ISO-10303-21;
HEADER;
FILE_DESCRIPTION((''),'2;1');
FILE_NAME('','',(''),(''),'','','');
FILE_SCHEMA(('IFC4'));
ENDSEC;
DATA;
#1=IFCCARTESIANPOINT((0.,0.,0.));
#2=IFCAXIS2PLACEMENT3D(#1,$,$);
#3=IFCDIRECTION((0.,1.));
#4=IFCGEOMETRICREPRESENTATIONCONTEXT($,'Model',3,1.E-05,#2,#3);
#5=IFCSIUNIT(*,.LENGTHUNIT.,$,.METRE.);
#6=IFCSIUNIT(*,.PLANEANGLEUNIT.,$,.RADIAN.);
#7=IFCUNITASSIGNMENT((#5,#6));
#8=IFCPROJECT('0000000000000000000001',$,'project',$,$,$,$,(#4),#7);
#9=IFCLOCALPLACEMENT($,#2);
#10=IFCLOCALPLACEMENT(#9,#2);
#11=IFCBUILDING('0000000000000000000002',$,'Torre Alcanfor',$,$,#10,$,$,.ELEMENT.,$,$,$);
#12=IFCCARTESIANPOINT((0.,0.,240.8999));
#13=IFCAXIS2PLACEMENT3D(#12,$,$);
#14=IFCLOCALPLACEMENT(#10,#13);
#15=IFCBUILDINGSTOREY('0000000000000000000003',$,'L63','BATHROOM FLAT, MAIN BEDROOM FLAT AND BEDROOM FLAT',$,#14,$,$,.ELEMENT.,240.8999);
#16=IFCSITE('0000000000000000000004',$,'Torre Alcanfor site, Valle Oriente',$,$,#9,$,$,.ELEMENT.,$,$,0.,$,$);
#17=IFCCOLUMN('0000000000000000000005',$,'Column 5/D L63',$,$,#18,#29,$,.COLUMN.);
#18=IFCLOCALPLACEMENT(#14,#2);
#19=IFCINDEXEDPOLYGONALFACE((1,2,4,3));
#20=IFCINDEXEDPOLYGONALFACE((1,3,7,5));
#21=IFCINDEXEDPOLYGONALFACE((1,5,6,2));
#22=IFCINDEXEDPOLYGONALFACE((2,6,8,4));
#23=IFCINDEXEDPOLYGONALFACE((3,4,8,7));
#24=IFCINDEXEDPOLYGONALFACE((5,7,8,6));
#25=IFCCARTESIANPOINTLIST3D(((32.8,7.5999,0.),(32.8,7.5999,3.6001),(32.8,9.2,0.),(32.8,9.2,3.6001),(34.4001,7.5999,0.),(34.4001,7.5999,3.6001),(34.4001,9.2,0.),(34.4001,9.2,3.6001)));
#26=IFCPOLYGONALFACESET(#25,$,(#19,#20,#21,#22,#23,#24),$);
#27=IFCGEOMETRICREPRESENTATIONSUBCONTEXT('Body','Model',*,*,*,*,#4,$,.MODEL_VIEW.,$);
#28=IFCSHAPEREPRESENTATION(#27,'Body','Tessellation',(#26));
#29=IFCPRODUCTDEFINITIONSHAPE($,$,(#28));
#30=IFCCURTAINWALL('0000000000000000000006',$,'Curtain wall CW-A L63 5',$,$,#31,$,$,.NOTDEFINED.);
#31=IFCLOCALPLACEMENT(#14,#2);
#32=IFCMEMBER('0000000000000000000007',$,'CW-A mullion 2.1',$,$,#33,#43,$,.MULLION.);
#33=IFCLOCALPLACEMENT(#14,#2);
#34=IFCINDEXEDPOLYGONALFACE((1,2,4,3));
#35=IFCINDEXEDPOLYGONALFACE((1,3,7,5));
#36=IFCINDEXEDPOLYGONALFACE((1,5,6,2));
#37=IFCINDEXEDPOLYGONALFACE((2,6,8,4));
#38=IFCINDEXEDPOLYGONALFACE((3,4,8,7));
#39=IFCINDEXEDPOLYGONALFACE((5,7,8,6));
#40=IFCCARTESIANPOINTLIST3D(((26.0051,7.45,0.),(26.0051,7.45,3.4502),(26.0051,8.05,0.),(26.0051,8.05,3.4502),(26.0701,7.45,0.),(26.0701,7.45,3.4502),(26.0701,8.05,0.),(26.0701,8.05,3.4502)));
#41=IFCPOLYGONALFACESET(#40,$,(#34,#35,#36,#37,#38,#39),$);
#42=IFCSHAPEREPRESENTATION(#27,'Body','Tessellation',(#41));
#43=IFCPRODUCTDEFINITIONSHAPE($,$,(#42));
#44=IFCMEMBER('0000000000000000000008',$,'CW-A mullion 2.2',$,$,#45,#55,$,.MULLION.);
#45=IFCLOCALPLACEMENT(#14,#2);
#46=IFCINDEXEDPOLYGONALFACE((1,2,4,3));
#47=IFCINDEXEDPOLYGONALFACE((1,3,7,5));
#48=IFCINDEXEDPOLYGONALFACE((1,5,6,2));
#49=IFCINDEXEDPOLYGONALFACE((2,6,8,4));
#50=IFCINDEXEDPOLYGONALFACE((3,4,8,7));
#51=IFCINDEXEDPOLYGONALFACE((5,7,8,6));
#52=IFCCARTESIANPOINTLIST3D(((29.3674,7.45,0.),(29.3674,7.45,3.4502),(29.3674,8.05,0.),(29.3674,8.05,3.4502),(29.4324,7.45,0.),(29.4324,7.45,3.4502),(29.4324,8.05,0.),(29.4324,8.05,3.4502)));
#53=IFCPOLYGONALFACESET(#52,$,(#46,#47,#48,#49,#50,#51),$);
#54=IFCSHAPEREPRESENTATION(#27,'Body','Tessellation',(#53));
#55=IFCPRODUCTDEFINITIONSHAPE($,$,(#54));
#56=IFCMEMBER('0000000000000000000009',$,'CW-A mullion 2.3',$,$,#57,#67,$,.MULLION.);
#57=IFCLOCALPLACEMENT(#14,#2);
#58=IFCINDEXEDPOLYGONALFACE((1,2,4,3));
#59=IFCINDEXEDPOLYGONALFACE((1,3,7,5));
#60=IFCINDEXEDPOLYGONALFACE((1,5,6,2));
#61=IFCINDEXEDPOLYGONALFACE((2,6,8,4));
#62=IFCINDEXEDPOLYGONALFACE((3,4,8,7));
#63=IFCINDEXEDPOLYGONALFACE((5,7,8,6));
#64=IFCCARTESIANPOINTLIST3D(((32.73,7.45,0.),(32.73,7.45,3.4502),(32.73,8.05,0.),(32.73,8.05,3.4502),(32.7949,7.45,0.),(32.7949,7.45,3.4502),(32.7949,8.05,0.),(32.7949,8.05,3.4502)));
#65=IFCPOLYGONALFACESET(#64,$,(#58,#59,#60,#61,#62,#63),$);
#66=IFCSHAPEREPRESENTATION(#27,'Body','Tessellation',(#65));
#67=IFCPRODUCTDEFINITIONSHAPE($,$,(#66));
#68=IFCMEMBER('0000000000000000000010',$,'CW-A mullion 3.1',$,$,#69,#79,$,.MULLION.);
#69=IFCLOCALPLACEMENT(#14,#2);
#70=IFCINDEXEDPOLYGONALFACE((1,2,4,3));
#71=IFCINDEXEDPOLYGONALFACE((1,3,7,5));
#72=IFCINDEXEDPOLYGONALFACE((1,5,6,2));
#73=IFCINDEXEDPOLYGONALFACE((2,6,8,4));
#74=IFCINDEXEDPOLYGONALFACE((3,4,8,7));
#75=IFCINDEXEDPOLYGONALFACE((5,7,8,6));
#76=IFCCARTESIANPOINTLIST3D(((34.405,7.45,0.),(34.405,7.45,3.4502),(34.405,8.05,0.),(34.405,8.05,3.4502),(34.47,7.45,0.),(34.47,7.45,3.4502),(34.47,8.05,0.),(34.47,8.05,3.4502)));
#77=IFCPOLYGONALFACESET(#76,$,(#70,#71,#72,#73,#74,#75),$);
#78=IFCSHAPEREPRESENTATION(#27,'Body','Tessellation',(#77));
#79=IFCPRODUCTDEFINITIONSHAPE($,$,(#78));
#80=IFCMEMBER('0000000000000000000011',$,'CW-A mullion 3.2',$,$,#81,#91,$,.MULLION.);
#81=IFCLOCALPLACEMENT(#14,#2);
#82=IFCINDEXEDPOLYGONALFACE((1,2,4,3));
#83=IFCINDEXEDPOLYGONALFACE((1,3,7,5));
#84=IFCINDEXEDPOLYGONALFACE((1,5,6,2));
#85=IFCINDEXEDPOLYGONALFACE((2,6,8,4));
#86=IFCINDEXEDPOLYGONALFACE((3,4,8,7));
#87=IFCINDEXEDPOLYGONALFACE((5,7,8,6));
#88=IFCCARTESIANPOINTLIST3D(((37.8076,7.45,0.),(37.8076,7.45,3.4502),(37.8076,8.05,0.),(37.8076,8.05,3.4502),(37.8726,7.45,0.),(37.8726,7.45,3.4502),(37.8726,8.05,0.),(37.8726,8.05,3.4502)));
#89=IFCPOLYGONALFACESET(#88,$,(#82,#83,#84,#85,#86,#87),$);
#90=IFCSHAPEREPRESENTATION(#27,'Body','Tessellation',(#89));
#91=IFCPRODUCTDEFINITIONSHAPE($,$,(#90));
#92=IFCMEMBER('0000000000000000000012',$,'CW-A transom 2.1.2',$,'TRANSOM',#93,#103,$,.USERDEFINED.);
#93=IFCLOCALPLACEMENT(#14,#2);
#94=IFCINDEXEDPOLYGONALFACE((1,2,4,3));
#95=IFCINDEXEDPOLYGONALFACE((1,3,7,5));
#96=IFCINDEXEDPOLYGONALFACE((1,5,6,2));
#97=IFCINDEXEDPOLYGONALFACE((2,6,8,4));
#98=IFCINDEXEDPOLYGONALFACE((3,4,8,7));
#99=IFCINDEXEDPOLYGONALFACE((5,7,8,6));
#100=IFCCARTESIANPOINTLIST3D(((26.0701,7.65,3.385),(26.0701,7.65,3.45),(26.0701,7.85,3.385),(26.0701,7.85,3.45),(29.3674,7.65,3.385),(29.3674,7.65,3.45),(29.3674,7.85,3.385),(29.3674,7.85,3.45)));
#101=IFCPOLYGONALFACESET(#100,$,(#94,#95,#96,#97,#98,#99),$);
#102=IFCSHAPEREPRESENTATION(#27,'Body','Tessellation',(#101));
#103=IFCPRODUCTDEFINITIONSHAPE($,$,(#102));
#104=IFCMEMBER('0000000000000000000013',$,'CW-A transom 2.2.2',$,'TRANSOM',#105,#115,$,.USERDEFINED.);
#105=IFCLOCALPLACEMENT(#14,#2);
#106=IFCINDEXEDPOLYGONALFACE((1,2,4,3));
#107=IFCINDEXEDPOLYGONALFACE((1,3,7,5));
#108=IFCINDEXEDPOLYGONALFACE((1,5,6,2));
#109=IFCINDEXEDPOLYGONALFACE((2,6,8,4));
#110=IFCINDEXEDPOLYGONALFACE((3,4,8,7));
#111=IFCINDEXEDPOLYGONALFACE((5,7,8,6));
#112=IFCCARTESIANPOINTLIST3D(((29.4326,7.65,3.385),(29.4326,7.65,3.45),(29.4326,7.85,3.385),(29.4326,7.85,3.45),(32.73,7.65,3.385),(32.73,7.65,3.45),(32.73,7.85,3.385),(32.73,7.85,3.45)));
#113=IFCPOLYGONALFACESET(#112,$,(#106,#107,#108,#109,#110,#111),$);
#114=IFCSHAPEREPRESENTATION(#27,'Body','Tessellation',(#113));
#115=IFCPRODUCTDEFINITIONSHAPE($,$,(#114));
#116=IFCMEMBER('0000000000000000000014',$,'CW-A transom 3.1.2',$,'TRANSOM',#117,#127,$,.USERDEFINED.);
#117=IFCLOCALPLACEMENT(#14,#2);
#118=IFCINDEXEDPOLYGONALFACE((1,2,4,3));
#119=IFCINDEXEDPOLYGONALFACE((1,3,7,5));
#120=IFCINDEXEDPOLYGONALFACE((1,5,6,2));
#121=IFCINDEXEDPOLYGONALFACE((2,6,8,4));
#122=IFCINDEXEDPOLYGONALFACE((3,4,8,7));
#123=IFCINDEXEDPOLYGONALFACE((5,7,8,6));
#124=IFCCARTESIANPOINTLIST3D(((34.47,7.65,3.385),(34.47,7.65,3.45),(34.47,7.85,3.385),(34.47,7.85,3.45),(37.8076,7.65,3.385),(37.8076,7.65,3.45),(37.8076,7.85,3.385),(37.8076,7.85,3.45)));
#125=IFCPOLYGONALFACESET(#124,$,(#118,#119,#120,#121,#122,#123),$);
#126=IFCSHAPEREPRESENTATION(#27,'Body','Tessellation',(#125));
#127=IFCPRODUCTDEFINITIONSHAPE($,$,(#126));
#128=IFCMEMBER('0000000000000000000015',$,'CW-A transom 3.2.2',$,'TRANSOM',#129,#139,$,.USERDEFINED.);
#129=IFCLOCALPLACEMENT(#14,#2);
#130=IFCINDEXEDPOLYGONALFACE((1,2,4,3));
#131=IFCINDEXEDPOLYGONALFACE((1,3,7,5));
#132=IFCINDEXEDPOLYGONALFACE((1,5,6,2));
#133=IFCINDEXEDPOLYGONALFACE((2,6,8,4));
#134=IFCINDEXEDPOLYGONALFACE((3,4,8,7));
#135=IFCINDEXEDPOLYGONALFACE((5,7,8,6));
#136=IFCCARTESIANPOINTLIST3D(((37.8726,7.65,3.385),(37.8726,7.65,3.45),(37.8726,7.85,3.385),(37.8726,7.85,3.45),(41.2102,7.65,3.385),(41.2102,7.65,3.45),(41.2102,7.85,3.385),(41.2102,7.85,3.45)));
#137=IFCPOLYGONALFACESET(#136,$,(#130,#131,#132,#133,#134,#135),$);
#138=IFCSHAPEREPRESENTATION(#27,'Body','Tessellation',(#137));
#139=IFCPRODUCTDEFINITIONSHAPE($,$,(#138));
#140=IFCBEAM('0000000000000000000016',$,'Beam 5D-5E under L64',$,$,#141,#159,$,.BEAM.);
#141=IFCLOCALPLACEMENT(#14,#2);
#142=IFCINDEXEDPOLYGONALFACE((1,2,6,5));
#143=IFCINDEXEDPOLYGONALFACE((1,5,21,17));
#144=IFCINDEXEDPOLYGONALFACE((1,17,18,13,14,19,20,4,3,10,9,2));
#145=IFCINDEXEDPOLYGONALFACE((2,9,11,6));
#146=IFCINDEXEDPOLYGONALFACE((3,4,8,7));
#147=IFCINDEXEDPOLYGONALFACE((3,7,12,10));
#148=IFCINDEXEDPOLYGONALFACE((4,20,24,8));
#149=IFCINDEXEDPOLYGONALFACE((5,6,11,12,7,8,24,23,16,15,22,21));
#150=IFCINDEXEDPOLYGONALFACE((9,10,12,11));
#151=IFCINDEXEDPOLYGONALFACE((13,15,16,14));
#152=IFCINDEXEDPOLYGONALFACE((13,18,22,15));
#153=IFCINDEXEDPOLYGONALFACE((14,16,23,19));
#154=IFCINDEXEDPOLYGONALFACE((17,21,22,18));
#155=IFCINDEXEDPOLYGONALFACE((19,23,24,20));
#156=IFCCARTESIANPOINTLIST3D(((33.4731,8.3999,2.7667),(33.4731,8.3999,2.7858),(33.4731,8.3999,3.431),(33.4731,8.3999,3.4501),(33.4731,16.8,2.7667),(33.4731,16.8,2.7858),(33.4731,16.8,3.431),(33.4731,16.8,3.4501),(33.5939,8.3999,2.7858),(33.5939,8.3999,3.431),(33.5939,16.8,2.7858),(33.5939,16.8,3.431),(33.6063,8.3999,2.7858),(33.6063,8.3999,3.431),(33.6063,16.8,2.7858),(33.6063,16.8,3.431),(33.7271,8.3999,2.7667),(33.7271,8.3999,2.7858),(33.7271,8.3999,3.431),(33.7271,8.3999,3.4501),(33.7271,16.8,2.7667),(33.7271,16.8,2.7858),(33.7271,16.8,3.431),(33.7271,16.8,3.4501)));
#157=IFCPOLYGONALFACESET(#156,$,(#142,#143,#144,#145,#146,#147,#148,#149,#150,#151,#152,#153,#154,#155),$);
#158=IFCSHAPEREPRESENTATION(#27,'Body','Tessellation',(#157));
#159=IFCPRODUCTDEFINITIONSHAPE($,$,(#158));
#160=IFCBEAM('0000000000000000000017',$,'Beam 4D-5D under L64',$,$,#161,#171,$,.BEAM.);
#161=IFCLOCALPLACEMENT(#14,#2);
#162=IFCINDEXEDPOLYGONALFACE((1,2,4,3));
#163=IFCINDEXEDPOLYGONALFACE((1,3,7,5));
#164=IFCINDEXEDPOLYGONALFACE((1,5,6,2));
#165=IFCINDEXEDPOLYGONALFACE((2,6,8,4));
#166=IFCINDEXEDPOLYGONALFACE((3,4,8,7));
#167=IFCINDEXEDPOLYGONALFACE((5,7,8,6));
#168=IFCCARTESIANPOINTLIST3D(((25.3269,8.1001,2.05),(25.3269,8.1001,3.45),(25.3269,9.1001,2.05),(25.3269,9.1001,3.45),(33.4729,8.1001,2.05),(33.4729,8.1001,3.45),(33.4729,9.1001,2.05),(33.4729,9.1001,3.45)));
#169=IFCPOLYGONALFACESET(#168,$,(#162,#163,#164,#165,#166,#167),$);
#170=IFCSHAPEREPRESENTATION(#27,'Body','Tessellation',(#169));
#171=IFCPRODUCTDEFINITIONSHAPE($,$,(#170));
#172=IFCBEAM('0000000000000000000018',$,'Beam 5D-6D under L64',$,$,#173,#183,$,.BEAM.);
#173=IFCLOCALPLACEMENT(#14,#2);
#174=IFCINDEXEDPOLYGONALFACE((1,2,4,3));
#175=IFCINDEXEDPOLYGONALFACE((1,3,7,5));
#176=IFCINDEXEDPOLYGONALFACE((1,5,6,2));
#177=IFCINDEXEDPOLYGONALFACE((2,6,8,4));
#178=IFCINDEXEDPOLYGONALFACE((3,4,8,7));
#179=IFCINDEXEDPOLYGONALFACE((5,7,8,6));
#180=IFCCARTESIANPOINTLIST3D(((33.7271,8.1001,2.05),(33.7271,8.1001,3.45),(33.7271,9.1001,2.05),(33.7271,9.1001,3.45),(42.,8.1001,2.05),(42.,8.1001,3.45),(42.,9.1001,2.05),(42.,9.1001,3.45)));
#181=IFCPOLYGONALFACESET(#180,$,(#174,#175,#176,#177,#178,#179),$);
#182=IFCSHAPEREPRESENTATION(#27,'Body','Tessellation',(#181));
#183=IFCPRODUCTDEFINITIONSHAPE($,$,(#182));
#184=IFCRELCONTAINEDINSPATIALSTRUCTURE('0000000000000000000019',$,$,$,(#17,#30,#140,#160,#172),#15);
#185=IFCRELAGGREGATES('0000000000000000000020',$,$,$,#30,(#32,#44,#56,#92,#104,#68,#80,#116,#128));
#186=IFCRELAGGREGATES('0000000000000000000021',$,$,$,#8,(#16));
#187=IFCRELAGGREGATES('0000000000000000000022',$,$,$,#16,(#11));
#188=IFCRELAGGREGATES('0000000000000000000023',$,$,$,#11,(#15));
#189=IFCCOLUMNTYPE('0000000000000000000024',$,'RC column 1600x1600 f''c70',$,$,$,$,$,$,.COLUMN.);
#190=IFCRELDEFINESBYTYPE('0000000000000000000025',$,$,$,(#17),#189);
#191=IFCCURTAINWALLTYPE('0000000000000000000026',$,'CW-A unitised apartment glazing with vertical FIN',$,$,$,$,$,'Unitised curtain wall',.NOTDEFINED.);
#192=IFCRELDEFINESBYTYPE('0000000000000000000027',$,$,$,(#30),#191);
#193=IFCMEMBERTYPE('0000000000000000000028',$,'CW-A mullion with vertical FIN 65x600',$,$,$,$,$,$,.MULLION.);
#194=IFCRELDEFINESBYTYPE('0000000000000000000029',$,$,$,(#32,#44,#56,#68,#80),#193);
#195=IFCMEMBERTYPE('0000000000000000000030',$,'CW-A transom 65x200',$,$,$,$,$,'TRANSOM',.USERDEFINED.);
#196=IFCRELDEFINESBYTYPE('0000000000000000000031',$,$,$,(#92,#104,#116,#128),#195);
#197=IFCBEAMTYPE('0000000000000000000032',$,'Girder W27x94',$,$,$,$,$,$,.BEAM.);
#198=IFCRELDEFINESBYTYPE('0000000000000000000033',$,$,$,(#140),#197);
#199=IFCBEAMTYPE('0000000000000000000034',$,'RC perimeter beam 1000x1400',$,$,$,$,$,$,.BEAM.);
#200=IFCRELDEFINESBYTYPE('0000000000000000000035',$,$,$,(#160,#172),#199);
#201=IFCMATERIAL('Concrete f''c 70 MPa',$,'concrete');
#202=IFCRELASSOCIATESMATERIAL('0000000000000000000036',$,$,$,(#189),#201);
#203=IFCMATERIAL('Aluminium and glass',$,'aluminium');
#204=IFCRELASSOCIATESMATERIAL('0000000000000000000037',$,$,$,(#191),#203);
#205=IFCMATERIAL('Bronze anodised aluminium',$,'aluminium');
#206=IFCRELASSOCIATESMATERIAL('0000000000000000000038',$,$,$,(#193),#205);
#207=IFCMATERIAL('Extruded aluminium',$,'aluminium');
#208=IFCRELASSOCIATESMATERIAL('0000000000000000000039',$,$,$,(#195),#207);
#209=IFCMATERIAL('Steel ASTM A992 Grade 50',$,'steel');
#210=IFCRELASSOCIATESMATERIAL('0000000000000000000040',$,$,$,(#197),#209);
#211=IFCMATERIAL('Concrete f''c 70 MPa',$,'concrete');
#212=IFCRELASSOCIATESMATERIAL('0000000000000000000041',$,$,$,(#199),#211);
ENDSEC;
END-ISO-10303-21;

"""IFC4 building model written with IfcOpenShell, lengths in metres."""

from ifc_helpers import new_model, si_unit, direction, frame, origin, origin_2d, place, context, subcontext, project, spatial, rectangle, i_section, extrude, material, material_profile, profile_set, type_object, element, aggregate, save


model = new_model("IFC4")

# Units and contexts
model_context = context("Model", 3, precision=1e-05, world=origin(), true_north=direction((0.0, 1.0)))
body_context = subcontext(model_context, "Body", "Model", "MODEL_VIEW")
ifc_project = project(units=[si_unit("LENGTHUNIT", "METRE"), si_unit("PLANEANGLEUNIT", "RADIAN")], contexts=[model_context])

# Site, building, storey
site_placement = place(None, origin())
site = spatial("IfcSite", under=ifc_project, at=site_placement, Name="Torre Alcanfor site, Valle Oriente", CompositionType="ELEMENT", RefElevation=0.0)
building_placement = place(site_placement, origin())
building = spatial("IfcBuilding", under=site, at=building_placement, Name="Torre Alcanfor", CompositionType="ELEMENT")
storey_placement = place(building_placement, frame((0.0, 0.0, 240.8999)))
storey = spatial("IfcBuildingStorey", under=building, at=storey_placement, Name="L63", Description="BATHROOM FLAT, MAIN BEDROOM FLAT AND BEDROOM FLAT", CompositionType="ELEMENT", Elevation=240.8999)

# Column
ifc_material_1 = material(Name="Concrete f'c 70 MPa", Category="concrete")
ifc_material_profile_1 = material_profile(ifc_material_1, rectangle(XDim=1.6001, YDim=1.6001, at=origin_2d()), Name="1600x1600")
ifc_profile_set_1 = profile_set([ifc_material_profile_1], Name="Concrete f'c 70 MPa")
column_type = type_object("IfcColumnType", Name="RC column 1600x1600 f'c70", PredefinedType="COLUMN", material=ifc_profile_set_1)
column_placement = place(storey_placement, frame((33.6001, 8.3999, 0.0), z_axis=(0.0, 0.0, 1.0), x_axis=(1.0, 0.0, 0.0)))
element("IfcColumn", 1, at=column_placement, inside=storey, type_object=column_type, Name="Column 5/D L63", PredefinedType="COLUMN", context=body_context, shape_type="SweptSolid", body=[
    extrude(rectangle(XDim=1.6001, YDim=1.6001, at=origin_2d()), origin(), (0.0, 0.0, 1.0), 3.6001),
])

# Curtain wall, members
ifc_material_2 = material(Name="Aluminium and glass", Category="aluminium")
curtain_wall_type = type_object("IfcCurtainWallType", Name="CW-A unitised apartment glazing with vertical FIN", ElementType="Unitised curtain wall", PredefinedType="NOTDEFINED", material=ifc_material_2)
curtain_wall_placement = place(storey_placement, origin())
curtain_wall = element("IfcCurtainWall", 2, at=curtain_wall_placement, inside=storey, type_object=curtain_wall_type, Name="Curtain wall CW-A L63 5", PredefinedType="NOTDEFINED")
ifc_material_3 = material(Name="Bronze anodised aluminium", Category="aluminium")
ifc_material_profile_2 = material_profile(ifc_material_3, rectangle(XDim=0.6001, YDim=0.0649, at=origin_2d()), Name="CW-A mullion 65x600")
ifc_profile_set_2 = profile_set([ifc_material_profile_2], Name="Bronze anodised aluminium")
member_type_1 = type_object("IfcMemberType", Name="CW-A mullion with vertical FIN 65x600", PredefinedType="MULLION", material=ifc_profile_set_2)
member_1_placement = place(storey_placement, frame((26.0376, 7.75, 0.0), z_axis=(0.0, 0.0, 1.0), x_axis=(0.0, 1.0, 0.0)))
member_1 = element("IfcMember", 3, at=member_1_placement, type_object=member_type_1, Name="CW-A mullion 2.1", PredefinedType="MULLION", context=body_context, shape_type="SweptSolid", body=[
    extrude(rectangle(XDim=0.6001, YDim=0.0649, at=origin_2d()), origin(), (0.0, 0.0, 1.0), 3.4502),
])
member_2_placement = place(storey_placement, frame((29.3999, 7.75, 0.0), z_axis=(0.0, 0.0, 1.0), x_axis=(0.0, 1.0, 0.0)))
member_2 = element("IfcMember", 4, at=member_2_placement, type_object=member_type_1, Name="CW-A mullion 2.2", PredefinedType="MULLION", context=body_context, shape_type="SweptSolid", body=[
    extrude(rectangle(XDim=0.6001, YDim=0.0649, at=origin_2d()), origin(), (0.0, 0.0, 1.0), 3.4502),
])
member_3_placement = place(storey_placement, frame((32.7625, 7.75, 0.0), z_axis=(0.0, 0.0, 1.0), x_axis=(0.0, 1.0, 0.0)))
member_3 = element("IfcMember", 5, at=member_3_placement, type_object=member_type_1, Name="CW-A mullion 2.3", PredefinedType="MULLION", context=body_context, shape_type="SweptSolid", body=[
    extrude(rectangle(XDim=0.6001, YDim=0.0649, at=origin_2d()), origin(), (0.0, 0.0, 1.0), 3.4502),
])
member_4_placement = place(storey_placement, frame((34.4375, 7.75, 0.0), z_axis=(0.0, 0.0, 1.0), x_axis=(0.0, 1.0, 0.0)))
member_4 = element("IfcMember", 6, at=member_4_placement, type_object=member_type_1, Name="CW-A mullion 3.1", PredefinedType="MULLION", context=body_context, shape_type="SweptSolid", body=[
    extrude(rectangle(XDim=0.6001, YDim=0.0649, at=origin_2d()), origin(), (0.0, 0.0, 1.0), 3.4502),
])
member_5_placement = place(storey_placement, frame((37.8401, 7.75, 0.0), z_axis=(0.0, 0.0, 1.0), x_axis=(0.0, 1.0, 0.0)))
member_5 = element("IfcMember", 7, at=member_5_placement, type_object=member_type_1, Name="CW-A mullion 3.2", PredefinedType="MULLION", context=body_context, shape_type="SweptSolid", body=[
    extrude(rectangle(XDim=0.6001, YDim=0.0649, at=origin_2d()), origin(), (0.0, 0.0, 1.0), 3.4502),
])
ifc_material_4 = material(Name="Extruded aluminium", Category="aluminium")
ifc_material_profile_3 = material_profile(ifc_material_4, rectangle(XDim=0.2, YDim=0.0649, at=origin_2d()), Name="CW-A transom 200x65")
ifc_profile_set_3 = profile_set([ifc_material_profile_3], Name="Extruded aluminium")
member_type_2 = type_object("IfcMemberType", Name="CW-A transom 65x200", ElementType="TRANSOM", PredefinedType="USERDEFINED", material=ifc_profile_set_3)
member_6_placement = place(storey_placement, frame((26.0701, 7.75, 3.4175), z_axis=(1.0, 0.0, 0.0), x_axis=(0.0, 1.0, 0.0)))
member_6 = element("IfcMember", 8, at=member_6_placement, type_object=member_type_2, Name="CW-A transom 2.1.2", ObjectType="TRANSOM", PredefinedType="USERDEFINED", context=body_context, shape_type="SweptSolid", body=[
    extrude(rectangle(XDim=0.2, YDim=0.0649, at=origin_2d()), origin(), (0.0, 0.0, 1.0), 3.2974),
])
member_7_placement = place(storey_placement, frame((29.4326, 7.75, 3.4175), z_axis=(1.0, 0.0, 0.0), x_axis=(0.0, 1.0, 0.0)))
member_7 = element("IfcMember", 9, at=member_7_placement, type_object=member_type_2, Name="CW-A transom 2.2.2", ObjectType="TRANSOM", PredefinedType="USERDEFINED", context=body_context, shape_type="SweptSolid", body=[
    extrude(rectangle(XDim=0.2, YDim=0.0649, at=origin_2d()), origin(), (0.0, 0.0, 1.0), 3.2974),
])
member_8_placement = place(storey_placement, frame((34.47, 7.75, 3.4175), z_axis=(1.0, 0.0, 0.0), x_axis=(0.0, 1.0, 0.0)))
member_8 = element("IfcMember", 10, at=member_8_placement, type_object=member_type_2, Name="CW-A transom 3.1.2", ObjectType="TRANSOM", PredefinedType="USERDEFINED", context=body_context, shape_type="SweptSolid", body=[
    extrude(rectangle(XDim=0.2, YDim=0.0649, at=origin_2d()), origin(), (0.0, 0.0, 1.0), 3.3376),
])
member_9_placement = place(storey_placement, frame((37.8726, 7.75, 3.4175), z_axis=(1.0, 0.0, 0.0), x_axis=(0.0, 1.0, 0.0)))
member_9 = element("IfcMember", 11, at=member_9_placement, type_object=member_type_2, Name="CW-A transom 3.2.2", ObjectType="TRANSOM", PredefinedType="USERDEFINED", context=body_context, shape_type="SweptSolid", body=[
    extrude(rectangle(XDim=0.2, YDim=0.0649, at=origin_2d()), origin(), (0.0, 0.0, 1.0), 3.3376),
])

# Beams
ifc_material_5 = material(Name="Steel ASTM A992 Grade 50", Category="steel")
ifc_material_profile_4 = material_profile(ifc_material_5, i_section(OverallWidth=0.2539, OverallDepth=0.6833, WebThickness=0.0125, FlangeThickness=0.019, at=origin_2d()), Name="W27x94")
ifc_profile_set_4 = profile_set([ifc_material_profile_4], Name="Steel ASTM A992 Grade 50")
beam_type_1 = type_object("IfcBeamType", Name="Girder W27x94", PredefinedType="BEAM", material=ifc_profile_set_4)
beam_1_placement = place(storey_placement, frame((33.6001, 8.3999, 3.1084), z_axis=(0.0, 1.0, 0.0), x_axis=(-1.0, 0.0, 0.0)))
element("IfcBeam", 12, at=beam_1_placement, inside=storey, type_object=beam_type_1, Name="Beam 5D-5E under L64", PredefinedType="BEAM", context=body_context, shape_type="SweptSolid", body=[
    extrude(i_section(OverallWidth=0.2539, OverallDepth=0.6833, WebThickness=0.0125, FlangeThickness=0.019, at=origin_2d()), origin(), (0.0, 0.0, 1.0), 8.4001),
])
ifc_material_6 = material(Name="Concrete f'c 70 MPa", Category="concrete")
ifc_material_profile_5 = material_profile(ifc_material_6, rectangle(XDim=1.0, YDim=1.3999, at=origin_2d()), Name="1000x1400")
ifc_profile_set_5 = profile_set([ifc_material_profile_5], Name="Concrete f'c 70 MPa")
beam_type_2 = type_object("IfcBeamType", Name="RC perimeter beam 1000x1400", PredefinedType="BEAM", material=ifc_profile_set_5)
beam_2_placement = place(storey_placement, frame((25.3269, 8.6001, 2.75), z_axis=(1.0, 0.0, 0.0), x_axis=(0.0, 1.0, 0.0)))
element("IfcBeam", 13, at=beam_2_placement, inside=storey, type_object=beam_type_2, Name="Beam 4D-5D under L64", PredefinedType="BEAM", context=body_context, shape_type="SweptSolid", body=[
    extrude(rectangle(XDim=1.0, YDim=1.3999, at=origin_2d()), origin(), (0.0, 0.0, 1.0), 8.146),
])
beam_3_placement = place(storey_placement, frame((33.7271, 8.6001, 2.75), z_axis=(1.0, 0.0, 0.0), x_axis=(0.0, 1.0, 0.0)))
element("IfcBeam", 14, at=beam_3_placement, inside=storey, type_object=beam_type_2, Name="Beam 5D-6D under L64", PredefinedType="BEAM", context=body_context, shape_type="SweptSolid", body=[
    extrude(rectangle(XDim=1.0, YDim=1.3999, at=origin_2d()), origin(), (0.0, 0.0, 1.0), 8.2729),
])

aggregate(curtain_wall, [member_1, member_2, member_3, member_6, member_7, member_4, member_5, member_8, member_9])

save(model, "model.ifc")
